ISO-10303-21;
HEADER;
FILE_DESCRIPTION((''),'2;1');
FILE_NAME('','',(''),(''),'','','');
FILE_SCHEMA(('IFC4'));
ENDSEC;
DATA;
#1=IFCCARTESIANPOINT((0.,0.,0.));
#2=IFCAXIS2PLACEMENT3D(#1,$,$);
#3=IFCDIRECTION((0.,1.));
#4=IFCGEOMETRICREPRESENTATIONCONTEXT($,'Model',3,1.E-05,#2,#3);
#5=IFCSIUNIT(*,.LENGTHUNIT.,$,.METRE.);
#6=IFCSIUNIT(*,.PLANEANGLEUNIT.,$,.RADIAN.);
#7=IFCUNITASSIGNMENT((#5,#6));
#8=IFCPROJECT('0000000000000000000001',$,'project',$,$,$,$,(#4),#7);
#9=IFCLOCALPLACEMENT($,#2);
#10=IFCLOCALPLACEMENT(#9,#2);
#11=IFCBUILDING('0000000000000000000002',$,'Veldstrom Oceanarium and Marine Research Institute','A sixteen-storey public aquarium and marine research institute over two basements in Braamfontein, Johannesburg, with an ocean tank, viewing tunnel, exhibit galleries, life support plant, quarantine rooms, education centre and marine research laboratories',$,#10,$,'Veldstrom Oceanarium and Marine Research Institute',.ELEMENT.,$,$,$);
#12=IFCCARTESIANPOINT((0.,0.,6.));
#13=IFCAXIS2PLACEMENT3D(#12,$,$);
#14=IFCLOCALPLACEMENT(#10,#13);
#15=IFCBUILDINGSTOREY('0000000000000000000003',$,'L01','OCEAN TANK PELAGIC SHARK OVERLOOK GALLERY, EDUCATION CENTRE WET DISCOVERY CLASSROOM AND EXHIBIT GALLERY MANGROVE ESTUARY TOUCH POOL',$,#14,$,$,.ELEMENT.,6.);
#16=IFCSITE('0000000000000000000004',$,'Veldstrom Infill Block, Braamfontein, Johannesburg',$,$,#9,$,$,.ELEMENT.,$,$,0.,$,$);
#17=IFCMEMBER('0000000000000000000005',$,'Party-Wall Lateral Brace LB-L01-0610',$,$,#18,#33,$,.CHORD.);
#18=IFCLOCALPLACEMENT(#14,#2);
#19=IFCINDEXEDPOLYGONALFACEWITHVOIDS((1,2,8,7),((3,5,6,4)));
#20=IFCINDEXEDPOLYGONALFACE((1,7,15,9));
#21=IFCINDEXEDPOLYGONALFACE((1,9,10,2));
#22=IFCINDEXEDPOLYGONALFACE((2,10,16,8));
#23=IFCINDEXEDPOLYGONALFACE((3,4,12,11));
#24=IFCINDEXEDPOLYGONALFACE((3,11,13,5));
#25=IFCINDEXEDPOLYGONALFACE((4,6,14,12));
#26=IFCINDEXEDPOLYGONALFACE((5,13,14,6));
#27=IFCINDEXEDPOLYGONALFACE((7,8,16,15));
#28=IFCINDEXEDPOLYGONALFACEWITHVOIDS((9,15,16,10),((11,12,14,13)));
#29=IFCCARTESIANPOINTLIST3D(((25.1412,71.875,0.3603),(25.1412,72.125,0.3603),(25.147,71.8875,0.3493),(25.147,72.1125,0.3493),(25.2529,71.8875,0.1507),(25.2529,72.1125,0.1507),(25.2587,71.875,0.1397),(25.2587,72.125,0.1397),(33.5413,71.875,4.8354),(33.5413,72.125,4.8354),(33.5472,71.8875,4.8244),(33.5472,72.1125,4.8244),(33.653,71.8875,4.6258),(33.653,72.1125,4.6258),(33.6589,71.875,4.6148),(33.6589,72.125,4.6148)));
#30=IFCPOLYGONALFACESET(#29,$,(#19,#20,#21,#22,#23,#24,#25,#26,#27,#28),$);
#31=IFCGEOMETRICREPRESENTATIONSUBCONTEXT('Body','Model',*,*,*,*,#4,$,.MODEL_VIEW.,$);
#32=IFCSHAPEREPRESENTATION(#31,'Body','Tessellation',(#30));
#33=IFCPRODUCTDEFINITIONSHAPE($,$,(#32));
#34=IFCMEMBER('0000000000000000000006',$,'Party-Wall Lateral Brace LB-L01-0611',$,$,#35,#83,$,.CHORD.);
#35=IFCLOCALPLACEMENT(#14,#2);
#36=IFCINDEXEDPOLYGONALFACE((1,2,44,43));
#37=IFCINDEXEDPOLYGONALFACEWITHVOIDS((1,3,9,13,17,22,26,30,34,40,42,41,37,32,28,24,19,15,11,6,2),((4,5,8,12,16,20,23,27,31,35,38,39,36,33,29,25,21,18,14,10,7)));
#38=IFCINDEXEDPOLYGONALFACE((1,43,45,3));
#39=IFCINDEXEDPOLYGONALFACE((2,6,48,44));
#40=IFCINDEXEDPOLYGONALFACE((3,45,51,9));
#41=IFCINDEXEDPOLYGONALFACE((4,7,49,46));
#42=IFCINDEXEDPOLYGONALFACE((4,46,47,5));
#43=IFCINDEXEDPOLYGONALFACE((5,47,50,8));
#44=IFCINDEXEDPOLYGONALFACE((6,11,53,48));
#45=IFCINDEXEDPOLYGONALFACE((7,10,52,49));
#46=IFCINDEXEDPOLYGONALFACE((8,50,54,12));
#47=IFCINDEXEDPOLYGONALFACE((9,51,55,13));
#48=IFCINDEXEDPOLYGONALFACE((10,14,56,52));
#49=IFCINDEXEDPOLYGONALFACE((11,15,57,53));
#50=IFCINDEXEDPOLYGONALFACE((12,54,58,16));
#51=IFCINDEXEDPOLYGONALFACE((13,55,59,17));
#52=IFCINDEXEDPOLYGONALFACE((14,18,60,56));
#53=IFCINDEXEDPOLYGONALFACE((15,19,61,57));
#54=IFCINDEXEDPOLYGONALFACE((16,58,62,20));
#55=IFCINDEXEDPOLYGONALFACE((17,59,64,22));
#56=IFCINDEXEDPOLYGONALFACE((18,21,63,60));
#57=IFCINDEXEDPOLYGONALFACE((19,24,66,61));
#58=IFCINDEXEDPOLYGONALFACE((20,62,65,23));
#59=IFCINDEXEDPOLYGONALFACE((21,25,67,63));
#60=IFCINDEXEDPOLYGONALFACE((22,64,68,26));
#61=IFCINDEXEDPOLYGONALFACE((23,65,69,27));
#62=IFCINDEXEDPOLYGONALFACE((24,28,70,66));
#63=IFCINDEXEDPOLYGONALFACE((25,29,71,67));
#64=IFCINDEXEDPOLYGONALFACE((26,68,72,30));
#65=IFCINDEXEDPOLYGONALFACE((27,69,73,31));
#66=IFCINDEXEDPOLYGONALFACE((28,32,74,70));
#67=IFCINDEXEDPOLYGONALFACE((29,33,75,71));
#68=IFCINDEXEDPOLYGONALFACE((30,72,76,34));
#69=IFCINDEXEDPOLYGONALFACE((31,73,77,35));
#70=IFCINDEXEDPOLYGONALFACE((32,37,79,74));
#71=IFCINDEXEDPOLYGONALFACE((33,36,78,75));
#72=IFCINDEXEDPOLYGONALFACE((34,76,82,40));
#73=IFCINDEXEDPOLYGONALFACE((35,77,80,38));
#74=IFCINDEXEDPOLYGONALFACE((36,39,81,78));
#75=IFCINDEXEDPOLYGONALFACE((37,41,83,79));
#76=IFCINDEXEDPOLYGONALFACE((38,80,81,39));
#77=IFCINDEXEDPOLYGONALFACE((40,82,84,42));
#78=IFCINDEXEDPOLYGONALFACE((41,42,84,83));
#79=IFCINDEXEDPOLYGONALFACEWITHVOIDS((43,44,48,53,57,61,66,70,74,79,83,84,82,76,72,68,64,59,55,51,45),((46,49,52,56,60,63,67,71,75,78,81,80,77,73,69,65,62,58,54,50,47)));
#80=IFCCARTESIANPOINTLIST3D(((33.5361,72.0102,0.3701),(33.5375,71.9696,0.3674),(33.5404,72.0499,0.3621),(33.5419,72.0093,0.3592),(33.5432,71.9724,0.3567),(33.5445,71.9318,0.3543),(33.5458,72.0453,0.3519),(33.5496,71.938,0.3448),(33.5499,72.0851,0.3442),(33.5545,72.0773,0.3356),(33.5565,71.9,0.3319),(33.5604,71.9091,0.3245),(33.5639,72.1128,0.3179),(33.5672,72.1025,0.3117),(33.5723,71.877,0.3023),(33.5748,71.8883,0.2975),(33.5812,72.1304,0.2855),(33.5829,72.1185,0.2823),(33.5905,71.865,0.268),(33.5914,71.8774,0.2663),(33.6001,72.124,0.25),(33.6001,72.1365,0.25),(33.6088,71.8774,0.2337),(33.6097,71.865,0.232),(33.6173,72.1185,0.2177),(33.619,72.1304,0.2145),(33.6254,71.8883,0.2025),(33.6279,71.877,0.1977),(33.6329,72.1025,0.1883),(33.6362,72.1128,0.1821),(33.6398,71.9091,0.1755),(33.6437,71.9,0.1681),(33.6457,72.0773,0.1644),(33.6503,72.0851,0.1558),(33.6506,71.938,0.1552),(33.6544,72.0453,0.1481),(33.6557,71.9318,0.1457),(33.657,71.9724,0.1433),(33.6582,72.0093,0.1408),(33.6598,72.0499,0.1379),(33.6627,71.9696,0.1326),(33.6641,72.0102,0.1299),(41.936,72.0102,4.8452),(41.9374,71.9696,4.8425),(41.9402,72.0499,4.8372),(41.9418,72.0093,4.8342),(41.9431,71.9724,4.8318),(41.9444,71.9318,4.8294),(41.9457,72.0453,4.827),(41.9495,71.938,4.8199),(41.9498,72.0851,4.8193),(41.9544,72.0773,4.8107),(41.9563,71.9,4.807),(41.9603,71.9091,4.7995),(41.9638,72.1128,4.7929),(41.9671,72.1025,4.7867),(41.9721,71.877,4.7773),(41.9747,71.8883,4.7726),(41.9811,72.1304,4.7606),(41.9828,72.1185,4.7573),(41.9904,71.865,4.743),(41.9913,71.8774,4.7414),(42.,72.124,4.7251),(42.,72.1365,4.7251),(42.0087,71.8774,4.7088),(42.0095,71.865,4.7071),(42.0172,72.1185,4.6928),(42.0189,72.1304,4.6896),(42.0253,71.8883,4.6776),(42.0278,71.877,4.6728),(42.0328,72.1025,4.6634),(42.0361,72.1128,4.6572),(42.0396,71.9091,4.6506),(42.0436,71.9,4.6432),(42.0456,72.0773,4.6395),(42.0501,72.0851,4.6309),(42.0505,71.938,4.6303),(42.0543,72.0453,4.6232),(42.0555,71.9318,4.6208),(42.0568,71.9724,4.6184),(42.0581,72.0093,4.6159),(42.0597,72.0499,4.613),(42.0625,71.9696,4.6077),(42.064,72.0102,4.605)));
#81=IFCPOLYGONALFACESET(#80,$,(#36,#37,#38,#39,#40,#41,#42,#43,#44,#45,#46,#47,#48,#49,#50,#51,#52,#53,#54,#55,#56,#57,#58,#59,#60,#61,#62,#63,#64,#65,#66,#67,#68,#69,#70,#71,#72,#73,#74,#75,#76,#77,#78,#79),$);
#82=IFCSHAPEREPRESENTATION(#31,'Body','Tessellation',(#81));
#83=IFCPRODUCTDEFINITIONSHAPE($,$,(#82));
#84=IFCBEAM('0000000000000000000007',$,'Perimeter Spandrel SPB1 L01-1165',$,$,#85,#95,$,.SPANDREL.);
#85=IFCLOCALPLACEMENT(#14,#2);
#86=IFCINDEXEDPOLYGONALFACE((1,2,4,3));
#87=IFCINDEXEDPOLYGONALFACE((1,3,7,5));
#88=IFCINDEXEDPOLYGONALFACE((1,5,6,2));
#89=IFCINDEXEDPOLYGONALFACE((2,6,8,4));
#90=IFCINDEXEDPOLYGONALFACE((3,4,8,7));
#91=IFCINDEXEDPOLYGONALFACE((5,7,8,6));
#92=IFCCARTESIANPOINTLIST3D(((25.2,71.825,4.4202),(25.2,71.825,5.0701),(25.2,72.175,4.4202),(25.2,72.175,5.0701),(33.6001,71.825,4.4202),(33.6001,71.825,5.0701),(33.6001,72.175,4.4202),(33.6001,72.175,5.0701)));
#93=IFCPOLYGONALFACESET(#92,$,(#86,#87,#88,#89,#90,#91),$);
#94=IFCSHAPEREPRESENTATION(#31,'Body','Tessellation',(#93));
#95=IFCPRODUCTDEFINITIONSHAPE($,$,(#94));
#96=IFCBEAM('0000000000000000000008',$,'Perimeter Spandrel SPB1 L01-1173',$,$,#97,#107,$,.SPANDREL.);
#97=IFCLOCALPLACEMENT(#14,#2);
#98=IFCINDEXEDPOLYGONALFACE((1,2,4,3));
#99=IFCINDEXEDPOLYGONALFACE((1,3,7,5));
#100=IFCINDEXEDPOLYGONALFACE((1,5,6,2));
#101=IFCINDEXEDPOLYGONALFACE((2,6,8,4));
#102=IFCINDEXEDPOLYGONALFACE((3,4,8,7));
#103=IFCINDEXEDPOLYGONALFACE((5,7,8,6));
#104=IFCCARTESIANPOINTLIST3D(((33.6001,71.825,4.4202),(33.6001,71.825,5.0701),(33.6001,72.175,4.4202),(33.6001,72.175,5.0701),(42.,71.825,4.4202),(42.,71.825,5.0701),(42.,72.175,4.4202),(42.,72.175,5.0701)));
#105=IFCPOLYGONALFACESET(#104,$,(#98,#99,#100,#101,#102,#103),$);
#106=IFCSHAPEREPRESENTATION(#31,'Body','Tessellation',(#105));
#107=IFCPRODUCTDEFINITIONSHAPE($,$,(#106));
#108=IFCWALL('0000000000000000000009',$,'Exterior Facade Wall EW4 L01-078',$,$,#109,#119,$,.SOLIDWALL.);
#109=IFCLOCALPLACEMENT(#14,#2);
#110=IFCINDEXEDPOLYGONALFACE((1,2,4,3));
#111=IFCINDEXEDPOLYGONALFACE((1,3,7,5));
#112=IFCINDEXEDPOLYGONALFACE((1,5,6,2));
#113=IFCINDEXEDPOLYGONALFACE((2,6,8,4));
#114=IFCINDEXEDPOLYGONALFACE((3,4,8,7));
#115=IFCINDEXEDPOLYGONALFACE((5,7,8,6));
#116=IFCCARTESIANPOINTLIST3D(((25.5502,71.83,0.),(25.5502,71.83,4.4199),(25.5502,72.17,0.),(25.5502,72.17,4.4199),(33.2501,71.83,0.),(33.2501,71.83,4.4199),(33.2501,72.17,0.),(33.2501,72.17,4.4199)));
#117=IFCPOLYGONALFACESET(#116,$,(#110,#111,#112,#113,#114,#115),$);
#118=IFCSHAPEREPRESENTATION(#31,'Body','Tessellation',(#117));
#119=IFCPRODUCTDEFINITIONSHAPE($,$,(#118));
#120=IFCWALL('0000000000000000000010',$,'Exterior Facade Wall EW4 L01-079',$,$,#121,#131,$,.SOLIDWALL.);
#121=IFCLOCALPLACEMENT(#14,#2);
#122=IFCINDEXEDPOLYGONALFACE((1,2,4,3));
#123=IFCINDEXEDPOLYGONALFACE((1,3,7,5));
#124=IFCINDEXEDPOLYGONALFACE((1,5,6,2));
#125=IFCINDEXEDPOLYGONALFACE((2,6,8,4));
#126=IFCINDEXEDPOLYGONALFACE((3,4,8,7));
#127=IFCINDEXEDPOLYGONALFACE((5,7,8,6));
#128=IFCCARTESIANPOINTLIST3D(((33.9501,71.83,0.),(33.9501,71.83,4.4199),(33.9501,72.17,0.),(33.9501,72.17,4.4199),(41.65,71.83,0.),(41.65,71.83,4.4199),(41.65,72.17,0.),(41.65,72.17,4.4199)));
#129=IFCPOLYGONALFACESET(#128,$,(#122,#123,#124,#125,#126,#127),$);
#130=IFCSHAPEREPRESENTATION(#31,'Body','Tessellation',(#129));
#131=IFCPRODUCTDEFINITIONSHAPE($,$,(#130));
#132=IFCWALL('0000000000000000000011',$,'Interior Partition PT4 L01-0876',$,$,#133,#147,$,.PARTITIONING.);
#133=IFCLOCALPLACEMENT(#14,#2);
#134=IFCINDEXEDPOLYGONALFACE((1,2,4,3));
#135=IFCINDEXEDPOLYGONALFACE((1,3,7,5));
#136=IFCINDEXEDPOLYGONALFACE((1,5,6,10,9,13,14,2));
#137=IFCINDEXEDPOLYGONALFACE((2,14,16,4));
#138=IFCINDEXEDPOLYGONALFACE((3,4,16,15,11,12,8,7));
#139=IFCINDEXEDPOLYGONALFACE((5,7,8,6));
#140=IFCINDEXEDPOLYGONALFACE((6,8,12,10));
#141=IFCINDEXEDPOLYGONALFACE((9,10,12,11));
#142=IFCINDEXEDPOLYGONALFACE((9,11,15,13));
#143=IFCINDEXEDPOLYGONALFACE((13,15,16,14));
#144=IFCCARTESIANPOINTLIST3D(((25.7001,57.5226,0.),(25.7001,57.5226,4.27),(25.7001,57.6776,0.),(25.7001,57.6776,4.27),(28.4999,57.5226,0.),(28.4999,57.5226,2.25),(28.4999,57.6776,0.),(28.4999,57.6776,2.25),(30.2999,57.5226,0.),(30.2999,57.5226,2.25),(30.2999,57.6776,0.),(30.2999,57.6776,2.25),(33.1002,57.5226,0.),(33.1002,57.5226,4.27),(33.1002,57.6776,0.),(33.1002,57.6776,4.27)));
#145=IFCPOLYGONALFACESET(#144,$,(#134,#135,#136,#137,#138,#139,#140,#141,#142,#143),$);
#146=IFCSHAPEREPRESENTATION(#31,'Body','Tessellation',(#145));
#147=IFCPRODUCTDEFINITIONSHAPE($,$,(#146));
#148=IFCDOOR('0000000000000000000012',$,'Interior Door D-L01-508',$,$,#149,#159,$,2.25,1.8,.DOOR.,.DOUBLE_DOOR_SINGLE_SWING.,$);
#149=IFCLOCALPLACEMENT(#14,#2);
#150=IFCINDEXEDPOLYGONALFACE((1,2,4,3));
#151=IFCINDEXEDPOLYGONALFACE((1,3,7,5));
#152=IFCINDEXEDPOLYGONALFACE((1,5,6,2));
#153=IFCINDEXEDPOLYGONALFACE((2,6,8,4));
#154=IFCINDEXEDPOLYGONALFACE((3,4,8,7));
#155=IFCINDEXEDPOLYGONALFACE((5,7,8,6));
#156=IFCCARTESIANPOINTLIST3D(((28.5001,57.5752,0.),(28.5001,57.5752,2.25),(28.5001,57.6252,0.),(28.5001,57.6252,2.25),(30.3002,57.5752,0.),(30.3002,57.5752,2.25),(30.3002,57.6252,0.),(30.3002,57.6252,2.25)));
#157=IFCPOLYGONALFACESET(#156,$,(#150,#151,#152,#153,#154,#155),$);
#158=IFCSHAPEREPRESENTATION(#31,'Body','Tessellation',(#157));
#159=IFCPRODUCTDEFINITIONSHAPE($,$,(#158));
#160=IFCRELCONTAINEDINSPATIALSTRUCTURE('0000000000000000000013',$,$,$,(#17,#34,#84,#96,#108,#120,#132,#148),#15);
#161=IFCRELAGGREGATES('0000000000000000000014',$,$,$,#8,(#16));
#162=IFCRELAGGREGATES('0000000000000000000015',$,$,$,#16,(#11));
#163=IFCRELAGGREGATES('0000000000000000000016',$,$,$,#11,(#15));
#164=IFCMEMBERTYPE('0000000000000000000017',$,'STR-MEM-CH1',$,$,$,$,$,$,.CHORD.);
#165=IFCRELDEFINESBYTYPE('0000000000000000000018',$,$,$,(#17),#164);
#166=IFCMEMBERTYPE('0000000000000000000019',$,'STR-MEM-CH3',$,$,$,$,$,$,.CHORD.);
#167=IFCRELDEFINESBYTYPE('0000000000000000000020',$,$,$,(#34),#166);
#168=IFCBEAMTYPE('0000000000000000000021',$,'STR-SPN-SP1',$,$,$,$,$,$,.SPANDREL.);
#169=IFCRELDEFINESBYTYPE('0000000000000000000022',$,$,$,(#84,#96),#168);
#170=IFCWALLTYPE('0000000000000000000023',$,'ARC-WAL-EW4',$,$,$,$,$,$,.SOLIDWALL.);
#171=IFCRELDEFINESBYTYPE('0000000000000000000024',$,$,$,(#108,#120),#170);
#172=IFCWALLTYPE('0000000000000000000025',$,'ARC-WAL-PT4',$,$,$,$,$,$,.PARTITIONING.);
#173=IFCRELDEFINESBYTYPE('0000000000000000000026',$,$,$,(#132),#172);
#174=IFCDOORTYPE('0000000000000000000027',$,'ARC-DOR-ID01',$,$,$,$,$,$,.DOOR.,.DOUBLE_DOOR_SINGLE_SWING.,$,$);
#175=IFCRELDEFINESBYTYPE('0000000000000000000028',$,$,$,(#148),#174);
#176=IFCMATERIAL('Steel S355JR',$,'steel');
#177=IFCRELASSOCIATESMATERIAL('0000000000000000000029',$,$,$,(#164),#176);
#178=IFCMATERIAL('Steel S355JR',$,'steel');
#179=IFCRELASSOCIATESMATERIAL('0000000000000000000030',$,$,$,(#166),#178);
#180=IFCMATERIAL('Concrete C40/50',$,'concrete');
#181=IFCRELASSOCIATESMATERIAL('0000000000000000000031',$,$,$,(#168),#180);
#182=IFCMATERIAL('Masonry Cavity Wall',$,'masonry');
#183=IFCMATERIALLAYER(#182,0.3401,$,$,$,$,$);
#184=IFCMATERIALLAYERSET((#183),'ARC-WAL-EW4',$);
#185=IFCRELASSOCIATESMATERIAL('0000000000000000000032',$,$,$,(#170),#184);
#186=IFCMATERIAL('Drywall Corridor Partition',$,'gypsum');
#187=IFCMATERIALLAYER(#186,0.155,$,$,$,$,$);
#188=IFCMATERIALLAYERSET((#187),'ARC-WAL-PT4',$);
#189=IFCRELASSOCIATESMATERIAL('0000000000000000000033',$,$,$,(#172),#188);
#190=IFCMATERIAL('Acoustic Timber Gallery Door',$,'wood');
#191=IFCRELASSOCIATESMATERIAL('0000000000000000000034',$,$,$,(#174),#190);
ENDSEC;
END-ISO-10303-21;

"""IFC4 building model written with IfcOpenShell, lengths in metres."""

from ifc_helpers import new_model, si_unit, direction, frame, frame_2d, origin, origin_2d, place, context, subcontext, project, spatial, rectangle, hollow_rectangle, hollow_circle, extrude, material, layer, layer_set, material_profile, profile_set, type_object, element, fill, save


model = new_model("IFC4")

# Units and contexts
model_context = context("Model", 3, precision=1e-05, world=origin(), true_north=direction((0.0, 1.0)))
body_context = subcontext(model_context, "Body", "Model", "MODEL_VIEW")
ifc_project = project(units=[si_unit("LENGTHUNIT", "METRE"), si_unit("PLANEANGLEUNIT", "RADIAN")], contexts=[model_context])

# Site, building, storey
site_placement = place(None, origin())
site = spatial("IfcSite", under=ifc_project, at=site_placement, Name="Veldstrom Infill Block, Braamfontein, Johannesburg", CompositionType="ELEMENT", RefElevation=0.0)
building_placement = place(site_placement, origin())
building = spatial("IfcBuilding", under=site, at=building_placement, Name="Veldstrom Oceanarium and Marine Research Institute", Description="A sixteen-storey public aquarium and marine research institute over two basements in Braamfontein, Johannesburg, with an ocean tank, viewing tunnel, exhibit galleries, life support plant, quarantine rooms, education centre and marine research laboratories", LongName="Veldstrom Oceanarium and Marine Research Institute", CompositionType="ELEMENT")
storey_placement = place(building_placement, frame((0.0, 0.0, 6.0)))
storey = spatial("IfcBuildingStorey", under=building, at=storey_placement, Name="L01", Description="OCEAN TANK PELAGIC SHARK OVERLOOK GALLERY, EDUCATION CENTRE WET DISCOVERY CLASSROOM AND EXHIBIT GALLERY MANGROVE ESTUARY TOUCH POOL", CompositionType="ELEMENT", Elevation=6.0)

# Members
ifc_material_1 = material(Name="Steel S355JR", Category="steel")
ifc_material_profile_1 = material_profile(ifc_material_1, hollow_rectangle(XDim=0.25, YDim=0.25, WallThickness=0.0125, at=origin_2d()), Name="SHS 250x250x12.5")
ifc_profile_set_1 = profile_set([ifc_material_profile_1], Name="Steel S355JR")
member_type_1 = type_object("IfcMemberType", Name="STR-MEM-CH1", PredefinedType="CHORD", material=ifc_profile_set_1)
member_1_placement = place(storey_placement, frame((25.2, 72.0, 0.25), z_axis=(0.88257, 0.0, 0.470181), x_axis=(0.0, 1.0, 0.0)))
element("IfcMember", 1, at=member_1_placement, inside=storey, type_object=member_type_1, Name="Party-Wall Lateral Brace LB-L01-0610", PredefinedType="CHORD", context=body_context, shape_type="SweptSolid", body=[
    extrude(hollow_rectangle(XDim=0.25, YDim=0.25, WallThickness=0.0125, at=origin_2d()), origin(), (0.0, 0.0, 1.0), 9.5178),
])
ifc_material_2 = material(Name="Steel S355JR", Category="steel")
ifc_material_profile_2 = material_profile(ifc_material_2, hollow_circle(Radius=0.1365, WallThickness=0.0125, at=origin_2d()), Name="CHS 273x12.5")
ifc_profile_set_2 = profile_set([ifc_material_profile_2], Name="Steel S355JR")
member_type_2 = type_object("IfcMemberType", Name="STR-MEM-CH3", PredefinedType="CHORD", material=ifc_profile_set_2)
member_2_placement = place(storey_placement, frame((33.6001, 72.0, 0.25), z_axis=(0.882564, 0.0, 0.470191), x_axis=(0.0, 1.0, 0.0)))
element("IfcMember", 2, at=member_2_placement, inside=storey, type_object=member_type_2, Name="Party-Wall Lateral Brace LB-L01-0611", PredefinedType="CHORD", context=body_context, shape_type="SweptSolid", body=[
    extrude(hollow_circle(Radius=0.1365, WallThickness=0.0125, at=origin_2d()), origin(), (0.0, 0.0, 1.0), 9.5176),
])

# Beams
ifc_material_3 = material(Name="Concrete C40/50", Category="concrete")
ifc_material_profile_3 = material_profile(ifc_material_3, rectangle(XDim=0.3501, YDim=0.6499, at=origin_2d()), Name="RC-SPN-350x650")
ifc_profile_set_3 = profile_set([ifc_material_profile_3], Name="Concrete C40/50")
beam_type_1 = type_object("IfcBeamType", Name="STR-SPN-SP1", PredefinedType="SPANDREL", material=ifc_profile_set_3)
beam_1_placement = place(storey_placement, frame((25.2, 72.0, 4.7451), z_axis=(1.0, 0.0, 0.0), x_axis=(0.0, 1.0, 0.0)))
element("IfcBeam", 3, at=beam_1_placement, inside=storey, type_object=beam_type_1, Name="Perimeter Spandrel SPB1 L01-1165", PredefinedType="SPANDREL", context=body_context, shape_type="SweptSolid", body=[
    extrude(rectangle(XDim=0.3501, YDim=0.6499, at=origin_2d()), origin(), (0.0, 0.0, 1.0), 8.4001),
])
beam_2_placement = place(storey_placement, frame((33.6001, 72.0, 4.7451), z_axis=(1.0, 0.0, 0.0), x_axis=(0.0, 1.0, 0.0)))
element("IfcBeam", 4, at=beam_2_placement, inside=storey, type_object=beam_type_1, Name="Perimeter Spandrel SPB1 L01-1173", PredefinedType="SPANDREL", context=body_context, shape_type="SweptSolid", body=[
    extrude(rectangle(XDim=0.3501, YDim=0.6499, at=origin_2d()), origin(), (0.0, 0.0, 1.0), 8.3999),
])

# Walls
ifc_material_4 = material(Name="Masonry Cavity Wall", Category="masonry")
ifc_layer_1 = layer(ifc_material_4, 0.3401)
ifc_layer_set_1 = layer_set([ifc_layer_1], Name="ARC-WAL-EW4")
wall_type_1 = type_object("IfcWallType", Name="ARC-WAL-EW4", PredefinedType="SOLIDWALL", material=ifc_layer_set_1)
for number, where, z_axis, x_axis, name in (
    (5, (25.55, 72.0, 0.0), (0.0, 0.0, 1.0), (1.0, 0.0, 0.0), "Exterior Facade Wall EW4 L01-078"),
    (6, (33.95, 72.0, 0.0), (0.0, 0.0, 1.0), (1.0, 0.0, 0.0), "Exterior Facade Wall EW4 L01-079"),
):
    element("IfcWall", number, at=place(storey_placement, frame(where, z_axis=z_axis, x_axis=x_axis)), inside=storey, type_object=wall_type_1, Name=name, PredefinedType="SOLIDWALL", context=body_context, shape_type="SweptSolid", body=[
        extrude(rectangle(XDim=7.7, YDim=0.3401, at=frame_2d((3.8501, 0.0))), origin(), (0.0, 0.0, 1.0), 4.4199),
    ])

# Wall, opening, door
ifc_material_5 = material(Name="Drywall Corridor Partition", Category="gypsum")
ifc_layer_2 = layer(ifc_material_5, 0.155)
ifc_layer_set_2 = layer_set([ifc_layer_2], Name="ARC-WAL-PT4")
wall_type_2 = type_object("IfcWallType", Name="ARC-WAL-PT4", PredefinedType="PARTITIONING", material=ifc_layer_set_2)
wall_1_placement = place(storey_placement, frame((25.7, 57.6001, 0.0), z_axis=(0.0, 0.0, 1.0), x_axis=(1.0, 0.0, 0.0)))
wall_1 = element("IfcWall", 7, at=wall_1_placement, inside=storey, type_object=wall_type_2, Name="Interior Partition PT4 L01-0876", PredefinedType="PARTITIONING", context=body_context, shape_type="SweptSolid", body=[
    extrude(rectangle(XDim=7.4001, YDim=0.155, at=frame_2d((3.7002, 0.0))), origin(), (0.0, 0.0, 1.0), 4.27),
])
opening_1_placement = place(wall_1_placement, frame((2.8, 0.0, 0.0)))
opening_1 = element("IfcOpeningElement", 8, at=opening_1_placement, cuts=wall_1, PredefinedType="OPENING", context=body_context, shape_type="SweptSolid", body=[
    extrude(rectangle(XDim=1.8, YDim=2.25, at=frame_2d((0.8999, 1.125))), frame((0.0, 0.0874, 0.0), z_axis=(0.0, -1.0, 0.0), x_axis=(1.0, 0.0, 0.0)), (0.0, 0.0, 1.0), 0.175),
])
ifc_material_6 = material(Name="Acoustic Timber Gallery Door", Category="wood")
door_type_1 = type_object("IfcDoorType", Name="ARC-DOR-ID01", OperationType="DOUBLE_DOOR_SINGLE_SWING", PredefinedType="DOOR", material=ifc_material_6)
door_1_placement = place(opening_1_placement, frame((1.8, 0.0, 0.0), z_axis=(0.0, 0.0, 1.0), x_axis=(-1.0, 0.0, 0.0)))
door_1 = element("IfcDoor", 9, at=door_1_placement, inside=storey, type_object=door_type_1, Name="Interior Door D-L01-508", OperationType="DOUBLE_DOOR_SINGLE_SWING", OverallHeight=2.25, OverallWidth=1.8, PredefinedType="DOOR", context=body_context, shape_type="SweptSolid", body=[
    extrude(rectangle(XDim=1.8, YDim=2.25, at=frame_2d((0.8999, 1.125))), frame((0.0, 0.0249, 0.0), z_axis=(0.0, -1.0, 0.0), x_axis=(1.0, 0.0, 0.0)), (0.0, 0.0, 1.0), 0.05),
])
fill(opening_1, door_1)

save(model, "model.ifc")
